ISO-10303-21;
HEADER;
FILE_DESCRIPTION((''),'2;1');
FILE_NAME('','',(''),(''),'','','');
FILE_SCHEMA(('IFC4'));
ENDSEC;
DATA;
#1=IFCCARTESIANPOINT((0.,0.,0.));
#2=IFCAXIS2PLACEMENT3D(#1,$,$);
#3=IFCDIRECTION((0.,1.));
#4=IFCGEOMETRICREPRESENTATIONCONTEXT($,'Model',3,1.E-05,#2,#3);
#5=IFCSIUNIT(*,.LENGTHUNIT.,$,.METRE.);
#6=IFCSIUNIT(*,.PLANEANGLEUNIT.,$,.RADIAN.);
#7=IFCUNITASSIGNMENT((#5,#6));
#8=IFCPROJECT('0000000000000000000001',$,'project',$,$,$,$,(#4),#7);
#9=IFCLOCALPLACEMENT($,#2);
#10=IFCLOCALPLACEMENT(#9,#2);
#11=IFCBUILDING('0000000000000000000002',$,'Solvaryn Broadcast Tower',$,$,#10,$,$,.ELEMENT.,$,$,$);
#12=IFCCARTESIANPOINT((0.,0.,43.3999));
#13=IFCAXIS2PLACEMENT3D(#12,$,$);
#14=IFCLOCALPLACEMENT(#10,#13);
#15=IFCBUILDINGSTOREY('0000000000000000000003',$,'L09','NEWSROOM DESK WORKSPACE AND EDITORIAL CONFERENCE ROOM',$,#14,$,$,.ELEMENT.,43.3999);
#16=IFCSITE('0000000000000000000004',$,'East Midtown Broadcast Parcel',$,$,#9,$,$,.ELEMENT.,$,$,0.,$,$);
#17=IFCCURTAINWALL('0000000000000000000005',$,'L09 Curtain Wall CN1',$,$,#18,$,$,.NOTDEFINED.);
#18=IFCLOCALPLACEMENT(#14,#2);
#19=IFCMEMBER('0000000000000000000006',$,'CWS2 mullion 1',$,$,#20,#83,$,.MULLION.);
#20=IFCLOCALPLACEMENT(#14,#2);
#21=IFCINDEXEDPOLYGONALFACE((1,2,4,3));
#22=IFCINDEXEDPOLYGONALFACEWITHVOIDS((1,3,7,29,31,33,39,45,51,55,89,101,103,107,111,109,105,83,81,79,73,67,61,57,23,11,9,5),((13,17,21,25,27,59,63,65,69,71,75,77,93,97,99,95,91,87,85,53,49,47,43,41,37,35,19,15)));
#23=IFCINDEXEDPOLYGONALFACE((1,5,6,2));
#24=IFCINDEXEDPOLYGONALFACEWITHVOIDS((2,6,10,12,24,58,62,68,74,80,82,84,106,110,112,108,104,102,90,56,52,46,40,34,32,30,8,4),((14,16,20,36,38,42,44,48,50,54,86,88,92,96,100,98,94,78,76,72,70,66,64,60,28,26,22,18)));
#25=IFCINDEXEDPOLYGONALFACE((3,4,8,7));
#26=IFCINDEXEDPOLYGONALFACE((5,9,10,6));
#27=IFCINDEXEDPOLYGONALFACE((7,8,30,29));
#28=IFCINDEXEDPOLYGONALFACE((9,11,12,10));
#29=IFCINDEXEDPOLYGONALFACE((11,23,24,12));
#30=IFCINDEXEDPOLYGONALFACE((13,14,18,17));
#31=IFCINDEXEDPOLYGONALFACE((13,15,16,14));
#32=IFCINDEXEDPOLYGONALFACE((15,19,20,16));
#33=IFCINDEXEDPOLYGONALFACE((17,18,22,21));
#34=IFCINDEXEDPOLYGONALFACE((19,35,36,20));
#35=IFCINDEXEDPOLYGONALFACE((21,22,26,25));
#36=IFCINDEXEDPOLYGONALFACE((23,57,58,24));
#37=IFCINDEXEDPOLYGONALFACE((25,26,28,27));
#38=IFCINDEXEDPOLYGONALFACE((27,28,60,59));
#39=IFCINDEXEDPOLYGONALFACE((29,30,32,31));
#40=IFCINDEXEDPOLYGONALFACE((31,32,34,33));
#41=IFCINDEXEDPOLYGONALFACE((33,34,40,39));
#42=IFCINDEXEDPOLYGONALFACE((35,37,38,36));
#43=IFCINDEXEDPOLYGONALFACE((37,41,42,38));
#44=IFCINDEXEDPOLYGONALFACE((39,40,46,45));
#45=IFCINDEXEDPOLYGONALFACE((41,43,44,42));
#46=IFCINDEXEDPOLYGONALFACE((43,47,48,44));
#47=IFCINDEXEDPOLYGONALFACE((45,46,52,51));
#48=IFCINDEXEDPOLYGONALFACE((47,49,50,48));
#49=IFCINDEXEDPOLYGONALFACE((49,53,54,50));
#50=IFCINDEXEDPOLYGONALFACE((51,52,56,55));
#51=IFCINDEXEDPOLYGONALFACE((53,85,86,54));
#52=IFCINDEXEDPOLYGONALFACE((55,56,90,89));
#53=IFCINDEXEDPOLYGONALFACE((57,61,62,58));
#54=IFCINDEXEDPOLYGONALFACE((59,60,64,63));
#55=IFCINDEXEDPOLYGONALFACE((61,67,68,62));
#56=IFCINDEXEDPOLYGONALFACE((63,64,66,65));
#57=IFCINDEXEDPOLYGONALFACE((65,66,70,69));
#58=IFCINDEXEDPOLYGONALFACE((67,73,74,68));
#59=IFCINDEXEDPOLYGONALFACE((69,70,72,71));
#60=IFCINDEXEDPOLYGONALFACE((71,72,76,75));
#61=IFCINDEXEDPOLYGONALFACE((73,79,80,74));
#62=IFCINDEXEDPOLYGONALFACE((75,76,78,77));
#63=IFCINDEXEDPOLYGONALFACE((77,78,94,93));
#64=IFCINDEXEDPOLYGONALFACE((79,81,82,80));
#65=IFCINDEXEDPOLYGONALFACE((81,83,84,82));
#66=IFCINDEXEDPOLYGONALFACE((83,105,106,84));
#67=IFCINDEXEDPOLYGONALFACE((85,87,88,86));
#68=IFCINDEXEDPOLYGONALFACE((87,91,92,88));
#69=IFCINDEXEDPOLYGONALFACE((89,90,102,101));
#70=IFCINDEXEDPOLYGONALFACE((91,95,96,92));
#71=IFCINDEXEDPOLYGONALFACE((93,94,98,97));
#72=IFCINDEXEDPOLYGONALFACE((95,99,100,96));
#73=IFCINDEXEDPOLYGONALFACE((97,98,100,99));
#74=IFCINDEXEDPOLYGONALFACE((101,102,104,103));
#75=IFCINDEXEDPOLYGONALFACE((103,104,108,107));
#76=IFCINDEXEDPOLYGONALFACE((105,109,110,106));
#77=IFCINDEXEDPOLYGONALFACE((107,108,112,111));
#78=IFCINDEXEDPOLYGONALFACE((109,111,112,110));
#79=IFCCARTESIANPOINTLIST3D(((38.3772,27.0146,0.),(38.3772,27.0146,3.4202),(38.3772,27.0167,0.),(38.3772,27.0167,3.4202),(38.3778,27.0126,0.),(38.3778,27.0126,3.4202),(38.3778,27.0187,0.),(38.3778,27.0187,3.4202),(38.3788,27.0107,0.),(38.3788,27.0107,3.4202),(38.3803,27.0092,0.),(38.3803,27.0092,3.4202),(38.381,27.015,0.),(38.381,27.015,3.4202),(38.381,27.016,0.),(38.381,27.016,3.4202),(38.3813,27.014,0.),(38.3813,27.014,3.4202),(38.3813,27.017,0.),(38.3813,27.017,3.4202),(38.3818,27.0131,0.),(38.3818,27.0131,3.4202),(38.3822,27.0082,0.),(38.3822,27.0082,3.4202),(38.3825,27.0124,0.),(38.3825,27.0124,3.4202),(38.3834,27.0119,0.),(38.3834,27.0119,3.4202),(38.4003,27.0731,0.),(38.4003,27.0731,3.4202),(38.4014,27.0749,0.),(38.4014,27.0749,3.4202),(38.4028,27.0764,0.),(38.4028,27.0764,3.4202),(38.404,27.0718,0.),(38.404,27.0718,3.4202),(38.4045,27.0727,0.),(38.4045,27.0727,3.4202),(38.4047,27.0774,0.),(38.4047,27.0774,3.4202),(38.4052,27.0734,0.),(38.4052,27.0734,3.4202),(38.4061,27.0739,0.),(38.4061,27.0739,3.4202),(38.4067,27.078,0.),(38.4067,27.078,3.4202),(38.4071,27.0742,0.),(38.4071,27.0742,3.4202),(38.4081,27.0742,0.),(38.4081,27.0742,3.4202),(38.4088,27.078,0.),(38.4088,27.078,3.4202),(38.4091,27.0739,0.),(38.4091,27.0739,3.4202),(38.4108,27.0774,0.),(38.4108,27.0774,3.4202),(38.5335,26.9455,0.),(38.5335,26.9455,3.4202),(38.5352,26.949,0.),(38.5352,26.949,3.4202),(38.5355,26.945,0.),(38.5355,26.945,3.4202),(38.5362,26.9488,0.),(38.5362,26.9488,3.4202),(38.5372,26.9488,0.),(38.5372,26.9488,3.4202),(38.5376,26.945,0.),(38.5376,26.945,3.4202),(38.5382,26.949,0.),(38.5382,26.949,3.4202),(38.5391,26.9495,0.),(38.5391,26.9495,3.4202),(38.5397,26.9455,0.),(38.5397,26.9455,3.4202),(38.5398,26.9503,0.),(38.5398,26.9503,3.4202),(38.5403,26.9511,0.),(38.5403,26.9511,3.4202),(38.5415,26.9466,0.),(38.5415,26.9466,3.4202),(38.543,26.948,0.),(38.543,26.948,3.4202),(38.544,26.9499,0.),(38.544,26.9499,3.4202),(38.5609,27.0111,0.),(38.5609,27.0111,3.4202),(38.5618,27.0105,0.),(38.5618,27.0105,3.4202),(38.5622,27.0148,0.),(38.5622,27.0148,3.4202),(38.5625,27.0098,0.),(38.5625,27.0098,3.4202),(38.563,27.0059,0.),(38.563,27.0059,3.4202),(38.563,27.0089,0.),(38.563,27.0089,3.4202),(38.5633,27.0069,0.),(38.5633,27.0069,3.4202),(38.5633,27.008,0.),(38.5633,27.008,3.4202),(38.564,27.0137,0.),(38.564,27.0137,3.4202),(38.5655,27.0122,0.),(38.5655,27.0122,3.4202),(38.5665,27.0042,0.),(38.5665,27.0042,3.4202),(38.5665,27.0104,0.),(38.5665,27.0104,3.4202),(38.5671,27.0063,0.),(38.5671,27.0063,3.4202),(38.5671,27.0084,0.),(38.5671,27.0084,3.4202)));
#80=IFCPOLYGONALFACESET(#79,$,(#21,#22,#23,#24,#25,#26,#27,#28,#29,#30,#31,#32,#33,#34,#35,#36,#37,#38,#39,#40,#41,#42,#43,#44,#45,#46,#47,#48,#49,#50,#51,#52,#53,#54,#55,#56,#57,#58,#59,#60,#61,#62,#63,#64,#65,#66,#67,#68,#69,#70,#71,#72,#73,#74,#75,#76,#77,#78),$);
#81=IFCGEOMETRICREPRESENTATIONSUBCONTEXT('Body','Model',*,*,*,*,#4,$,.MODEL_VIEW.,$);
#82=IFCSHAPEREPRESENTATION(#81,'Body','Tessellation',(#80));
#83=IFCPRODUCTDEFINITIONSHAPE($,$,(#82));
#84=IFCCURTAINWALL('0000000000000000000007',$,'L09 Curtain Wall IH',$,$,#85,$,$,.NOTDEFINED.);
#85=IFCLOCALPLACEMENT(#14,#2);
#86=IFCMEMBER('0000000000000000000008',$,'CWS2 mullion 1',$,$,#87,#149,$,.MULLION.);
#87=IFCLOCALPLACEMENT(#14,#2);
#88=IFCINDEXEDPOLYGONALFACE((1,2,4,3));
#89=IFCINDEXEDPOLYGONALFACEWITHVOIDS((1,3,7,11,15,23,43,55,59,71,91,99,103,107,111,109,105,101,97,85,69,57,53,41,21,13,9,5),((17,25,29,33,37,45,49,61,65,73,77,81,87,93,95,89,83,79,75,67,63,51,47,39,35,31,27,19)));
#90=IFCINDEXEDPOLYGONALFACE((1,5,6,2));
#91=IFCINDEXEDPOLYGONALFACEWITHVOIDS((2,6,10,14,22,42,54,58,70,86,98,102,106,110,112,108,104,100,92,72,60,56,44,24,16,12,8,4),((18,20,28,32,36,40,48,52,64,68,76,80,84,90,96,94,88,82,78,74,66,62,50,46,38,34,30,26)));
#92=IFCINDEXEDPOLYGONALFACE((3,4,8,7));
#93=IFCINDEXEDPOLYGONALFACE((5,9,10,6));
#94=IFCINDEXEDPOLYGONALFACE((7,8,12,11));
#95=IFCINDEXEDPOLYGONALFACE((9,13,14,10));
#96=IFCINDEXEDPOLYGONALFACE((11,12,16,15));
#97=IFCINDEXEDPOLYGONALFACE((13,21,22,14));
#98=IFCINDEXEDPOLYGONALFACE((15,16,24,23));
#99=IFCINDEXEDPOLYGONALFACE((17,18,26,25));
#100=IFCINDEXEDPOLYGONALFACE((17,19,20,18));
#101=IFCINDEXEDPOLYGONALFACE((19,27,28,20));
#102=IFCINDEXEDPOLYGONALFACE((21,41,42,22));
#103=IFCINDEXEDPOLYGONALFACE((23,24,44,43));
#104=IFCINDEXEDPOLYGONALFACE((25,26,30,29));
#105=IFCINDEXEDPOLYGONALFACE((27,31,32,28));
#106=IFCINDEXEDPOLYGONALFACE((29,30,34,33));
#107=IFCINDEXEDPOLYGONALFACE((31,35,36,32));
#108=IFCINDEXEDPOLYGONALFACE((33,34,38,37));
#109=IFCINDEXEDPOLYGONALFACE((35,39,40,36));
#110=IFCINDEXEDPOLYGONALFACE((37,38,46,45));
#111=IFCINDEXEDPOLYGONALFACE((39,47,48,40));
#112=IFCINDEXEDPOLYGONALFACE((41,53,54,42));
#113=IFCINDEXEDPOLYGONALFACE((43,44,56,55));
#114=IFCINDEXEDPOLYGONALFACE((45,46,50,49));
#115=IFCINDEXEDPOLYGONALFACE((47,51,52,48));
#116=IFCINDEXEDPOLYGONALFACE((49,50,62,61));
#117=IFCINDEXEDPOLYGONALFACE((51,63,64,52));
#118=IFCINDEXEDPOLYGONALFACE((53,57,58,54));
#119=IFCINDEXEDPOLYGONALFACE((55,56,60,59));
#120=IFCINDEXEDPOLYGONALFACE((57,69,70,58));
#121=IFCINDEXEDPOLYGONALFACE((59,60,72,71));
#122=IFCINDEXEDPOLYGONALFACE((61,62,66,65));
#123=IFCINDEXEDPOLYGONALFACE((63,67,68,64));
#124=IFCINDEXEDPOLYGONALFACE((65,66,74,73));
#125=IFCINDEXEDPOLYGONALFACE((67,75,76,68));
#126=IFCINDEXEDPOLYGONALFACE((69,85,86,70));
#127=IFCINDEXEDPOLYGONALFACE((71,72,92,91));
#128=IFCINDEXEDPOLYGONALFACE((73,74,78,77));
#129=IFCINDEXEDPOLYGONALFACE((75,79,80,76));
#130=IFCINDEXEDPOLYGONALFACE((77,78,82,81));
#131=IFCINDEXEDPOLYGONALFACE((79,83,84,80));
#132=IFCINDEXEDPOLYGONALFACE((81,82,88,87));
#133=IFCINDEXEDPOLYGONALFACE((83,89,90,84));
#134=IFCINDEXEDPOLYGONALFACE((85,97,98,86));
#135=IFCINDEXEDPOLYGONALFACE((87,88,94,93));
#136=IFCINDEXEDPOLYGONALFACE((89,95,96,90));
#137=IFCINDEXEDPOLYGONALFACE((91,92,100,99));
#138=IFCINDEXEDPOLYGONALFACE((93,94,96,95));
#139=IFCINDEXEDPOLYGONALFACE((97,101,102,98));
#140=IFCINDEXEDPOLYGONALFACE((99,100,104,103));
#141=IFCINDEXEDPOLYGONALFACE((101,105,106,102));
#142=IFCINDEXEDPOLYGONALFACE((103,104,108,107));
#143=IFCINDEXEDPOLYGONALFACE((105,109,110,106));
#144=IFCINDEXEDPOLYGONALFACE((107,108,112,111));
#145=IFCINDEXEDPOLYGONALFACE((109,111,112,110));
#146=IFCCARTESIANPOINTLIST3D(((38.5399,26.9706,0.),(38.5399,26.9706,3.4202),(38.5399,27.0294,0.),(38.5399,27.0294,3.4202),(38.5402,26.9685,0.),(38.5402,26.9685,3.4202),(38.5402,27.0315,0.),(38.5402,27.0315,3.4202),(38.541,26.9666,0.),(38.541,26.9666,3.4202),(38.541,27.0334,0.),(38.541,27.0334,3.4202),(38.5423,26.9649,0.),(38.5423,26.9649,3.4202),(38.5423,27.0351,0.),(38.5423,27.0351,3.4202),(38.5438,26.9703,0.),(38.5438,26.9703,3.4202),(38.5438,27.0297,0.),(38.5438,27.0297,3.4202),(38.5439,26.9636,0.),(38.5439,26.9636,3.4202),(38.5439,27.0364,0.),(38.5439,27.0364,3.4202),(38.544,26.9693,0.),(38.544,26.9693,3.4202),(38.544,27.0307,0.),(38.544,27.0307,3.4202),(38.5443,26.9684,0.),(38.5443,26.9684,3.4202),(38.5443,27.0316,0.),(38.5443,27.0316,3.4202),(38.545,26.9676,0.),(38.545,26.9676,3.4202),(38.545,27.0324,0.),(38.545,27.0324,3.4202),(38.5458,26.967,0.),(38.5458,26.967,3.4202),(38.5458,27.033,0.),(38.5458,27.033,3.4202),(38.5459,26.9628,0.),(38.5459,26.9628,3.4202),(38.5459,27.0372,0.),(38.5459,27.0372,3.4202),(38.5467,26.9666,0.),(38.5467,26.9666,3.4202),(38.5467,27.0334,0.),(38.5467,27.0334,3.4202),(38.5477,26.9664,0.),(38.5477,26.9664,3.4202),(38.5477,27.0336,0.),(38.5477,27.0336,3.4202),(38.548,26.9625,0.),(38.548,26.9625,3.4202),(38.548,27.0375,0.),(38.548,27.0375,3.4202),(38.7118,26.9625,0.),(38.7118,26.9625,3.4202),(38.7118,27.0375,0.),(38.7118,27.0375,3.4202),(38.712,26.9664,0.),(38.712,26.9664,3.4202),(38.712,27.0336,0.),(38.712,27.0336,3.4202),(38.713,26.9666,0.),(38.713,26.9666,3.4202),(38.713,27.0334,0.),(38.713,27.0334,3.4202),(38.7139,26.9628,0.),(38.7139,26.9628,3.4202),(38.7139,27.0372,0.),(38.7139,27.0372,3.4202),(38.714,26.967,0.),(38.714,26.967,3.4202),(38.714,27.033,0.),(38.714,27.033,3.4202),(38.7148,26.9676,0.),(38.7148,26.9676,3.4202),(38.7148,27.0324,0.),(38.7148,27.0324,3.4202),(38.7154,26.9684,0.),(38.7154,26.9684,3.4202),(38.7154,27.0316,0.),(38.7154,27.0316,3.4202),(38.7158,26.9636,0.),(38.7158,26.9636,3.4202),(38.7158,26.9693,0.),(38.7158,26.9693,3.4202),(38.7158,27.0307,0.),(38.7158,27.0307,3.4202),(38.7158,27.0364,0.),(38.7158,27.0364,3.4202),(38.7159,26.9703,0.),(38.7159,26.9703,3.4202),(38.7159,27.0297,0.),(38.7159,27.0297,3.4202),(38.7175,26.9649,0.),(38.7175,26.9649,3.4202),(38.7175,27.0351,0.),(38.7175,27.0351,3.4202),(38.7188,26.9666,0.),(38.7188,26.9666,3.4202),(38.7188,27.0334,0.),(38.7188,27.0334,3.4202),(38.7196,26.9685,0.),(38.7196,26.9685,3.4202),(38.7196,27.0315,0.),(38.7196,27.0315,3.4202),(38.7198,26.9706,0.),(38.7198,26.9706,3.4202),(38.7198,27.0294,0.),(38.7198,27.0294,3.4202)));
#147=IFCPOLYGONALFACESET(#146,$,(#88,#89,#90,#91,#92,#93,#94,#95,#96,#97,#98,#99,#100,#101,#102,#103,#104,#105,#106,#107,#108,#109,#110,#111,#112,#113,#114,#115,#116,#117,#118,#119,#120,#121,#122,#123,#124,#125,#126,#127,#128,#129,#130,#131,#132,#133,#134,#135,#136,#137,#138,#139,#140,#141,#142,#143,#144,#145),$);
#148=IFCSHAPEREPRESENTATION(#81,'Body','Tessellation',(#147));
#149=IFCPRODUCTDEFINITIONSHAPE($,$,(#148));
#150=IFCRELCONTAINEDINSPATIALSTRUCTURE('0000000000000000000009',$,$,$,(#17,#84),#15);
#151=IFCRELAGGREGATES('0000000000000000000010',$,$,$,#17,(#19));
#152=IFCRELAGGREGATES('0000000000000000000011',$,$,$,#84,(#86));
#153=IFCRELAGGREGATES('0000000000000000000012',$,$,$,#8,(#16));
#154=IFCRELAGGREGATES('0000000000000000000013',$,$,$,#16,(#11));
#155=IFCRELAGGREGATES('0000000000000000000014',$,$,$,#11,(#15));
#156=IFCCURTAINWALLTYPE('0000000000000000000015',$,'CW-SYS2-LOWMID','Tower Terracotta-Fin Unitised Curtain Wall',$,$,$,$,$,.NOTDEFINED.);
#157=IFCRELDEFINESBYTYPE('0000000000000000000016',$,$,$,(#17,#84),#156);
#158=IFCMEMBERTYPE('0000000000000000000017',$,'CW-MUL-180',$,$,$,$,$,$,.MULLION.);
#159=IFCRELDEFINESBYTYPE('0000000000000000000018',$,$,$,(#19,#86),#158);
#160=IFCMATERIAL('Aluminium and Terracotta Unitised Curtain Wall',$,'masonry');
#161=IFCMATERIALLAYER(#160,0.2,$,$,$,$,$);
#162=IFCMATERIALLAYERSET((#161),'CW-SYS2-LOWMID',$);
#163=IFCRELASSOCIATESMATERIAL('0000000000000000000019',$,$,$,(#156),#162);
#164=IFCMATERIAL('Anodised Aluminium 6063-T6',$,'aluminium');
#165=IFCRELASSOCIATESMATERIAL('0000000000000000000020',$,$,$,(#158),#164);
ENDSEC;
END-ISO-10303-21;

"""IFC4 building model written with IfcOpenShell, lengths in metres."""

from ifc_helpers import new_model, si_unit, direction, frame, origin, origin_2d, place, context, subcontext, project, spatial, hollow_rectangle, extrude, material, layer, layer_set, material_profile, profile_set, type_object, element, aggregate, save


model = new_model("IFC4")

# Units and contexts
model_context = context("Model", 3, precision=1e-05, world=origin(), true_north=direction((0.0, 1.0)))
body_context = subcontext(model_context, "Body", "Model", "MODEL_VIEW")
ifc_project = project(units=[si_unit("LENGTHUNIT", "METRE"), si_unit("PLANEANGLEUNIT", "RADIAN")], contexts=[model_context])

# Site, building, storey
site_placement = place(None, origin())
site = spatial("IfcSite", under=ifc_project, at=site_placement, Name="East Midtown Broadcast Parcel", CompositionType="ELEMENT", RefElevation=0.0)
building_placement = place(site_placement, origin())
building = spatial("IfcBuilding", under=site, at=building_placement, Name="Solvaryn Broadcast Tower", CompositionType="ELEMENT")
storey_placement = place(building_placement, frame((0.0, 0.0, 43.3999)))
storey = spatial("IfcBuildingStorey", under=building, at=storey_placement, Name="L09", Description="NEWSROOM DESK WORKSPACE AND EDITORIAL CONFERENCE ROOM", CompositionType="ELEMENT", Elevation=43.3999)

# Curtain walls, members
ifc_material_1 = material(Name="Aluminium and Terracotta Unitised Curtain Wall", Category="masonry")
ifc_layer_1 = layer(ifc_material_1, 0.2)
ifc_layer_set_1 = layer_set([ifc_layer_1], Name="CW-SYS2-LOWMID")
curtain_wall_type = type_object("IfcCurtainWallType", Name="CW-SYS2-LOWMID", Description="Tower Terracotta-Fin Unitised Curtain Wall", PredefinedType="NOTDEFINED", material=ifc_layer_set_1)
curtain_wall_1_placement = place(storey_placement, origin())
curtain_wall_1 = element("IfcCurtainWall", 1, at=curtain_wall_1_placement, inside=storey, type_object=curtain_wall_type, Name="L09 Curtain Wall CN1", PredefinedType="NOTDEFINED")
ifc_material_2 = material(Name="Anodised Aluminium 6063-T6", Category="aluminium")
ifc_material_profile_1 = material_profile(ifc_material_2, hollow_rectangle(XDim=0.075, YDim=0.1799, WallThickness=0.0039, InnerFilletRadius=0.0039, OuterFilletRadius=0.0081, at=origin_2d()))
ifc_profile_set_1 = profile_set([ifc_material_profile_1], Name="Anodised Aluminium 6063-T6")
member_type_1 = type_object("IfcMemberType", Name="CW-MUL-180", PredefinedType="MULLION", material=ifc_profile_set_1)
member_1_placement = place(storey_placement, frame((38.4722, 27.0115, 0.0), z_axis=(0.0, 0.0, 1.0), x_axis=(-0.382646, -0.923895, 0.0)))
member_1 = element("IfcMember", 2, at=member_1_placement, type_object=member_type_1, Name="CWS2 mullion 1", PredefinedType="MULLION", context=body_context, shape_type="SweptSolid", body=[
    extrude(hollow_rectangle(XDim=0.075, YDim=0.1799, WallThickness=0.0039, InnerFilletRadius=0.0039, OuterFilletRadius=0.0081, at=origin_2d()), origin(), (0.0, 0.0, 1.0), 3.4202),
])
curtain_wall_2_placement = place(storey_placement, origin())
curtain_wall_2 = element("IfcCurtainWall", 3, at=curtain_wall_2_placement, inside=storey, type_object=curtain_wall_type, Name="L09 Curtain Wall IH", PredefinedType="NOTDEFINED")
member_2_placement = place(storey_placement, frame((38.6299, 27.0, 0.0), z_axis=(0.0, 0.0, 1.0), x_axis=(0.0, 1.0, 0.0)))
member_2 = element("IfcMember", 4, at=member_2_placement, type_object=member_type_1, Name="CWS2 mullion 1", PredefinedType="MULLION", context=body_context, shape_type="SweptSolid", body=[
    extrude(hollow_rectangle(XDim=0.075, YDim=0.1799, WallThickness=0.0039, InnerFilletRadius=0.0039, OuterFilletRadius=0.0081, at=origin_2d()), origin(), (0.0, 0.0, 1.0), 3.4202),
])

aggregate(curtain_wall_1, [member_1])
aggregate(curtain_wall_2, [member_2])

save(model, "model.ifc")
